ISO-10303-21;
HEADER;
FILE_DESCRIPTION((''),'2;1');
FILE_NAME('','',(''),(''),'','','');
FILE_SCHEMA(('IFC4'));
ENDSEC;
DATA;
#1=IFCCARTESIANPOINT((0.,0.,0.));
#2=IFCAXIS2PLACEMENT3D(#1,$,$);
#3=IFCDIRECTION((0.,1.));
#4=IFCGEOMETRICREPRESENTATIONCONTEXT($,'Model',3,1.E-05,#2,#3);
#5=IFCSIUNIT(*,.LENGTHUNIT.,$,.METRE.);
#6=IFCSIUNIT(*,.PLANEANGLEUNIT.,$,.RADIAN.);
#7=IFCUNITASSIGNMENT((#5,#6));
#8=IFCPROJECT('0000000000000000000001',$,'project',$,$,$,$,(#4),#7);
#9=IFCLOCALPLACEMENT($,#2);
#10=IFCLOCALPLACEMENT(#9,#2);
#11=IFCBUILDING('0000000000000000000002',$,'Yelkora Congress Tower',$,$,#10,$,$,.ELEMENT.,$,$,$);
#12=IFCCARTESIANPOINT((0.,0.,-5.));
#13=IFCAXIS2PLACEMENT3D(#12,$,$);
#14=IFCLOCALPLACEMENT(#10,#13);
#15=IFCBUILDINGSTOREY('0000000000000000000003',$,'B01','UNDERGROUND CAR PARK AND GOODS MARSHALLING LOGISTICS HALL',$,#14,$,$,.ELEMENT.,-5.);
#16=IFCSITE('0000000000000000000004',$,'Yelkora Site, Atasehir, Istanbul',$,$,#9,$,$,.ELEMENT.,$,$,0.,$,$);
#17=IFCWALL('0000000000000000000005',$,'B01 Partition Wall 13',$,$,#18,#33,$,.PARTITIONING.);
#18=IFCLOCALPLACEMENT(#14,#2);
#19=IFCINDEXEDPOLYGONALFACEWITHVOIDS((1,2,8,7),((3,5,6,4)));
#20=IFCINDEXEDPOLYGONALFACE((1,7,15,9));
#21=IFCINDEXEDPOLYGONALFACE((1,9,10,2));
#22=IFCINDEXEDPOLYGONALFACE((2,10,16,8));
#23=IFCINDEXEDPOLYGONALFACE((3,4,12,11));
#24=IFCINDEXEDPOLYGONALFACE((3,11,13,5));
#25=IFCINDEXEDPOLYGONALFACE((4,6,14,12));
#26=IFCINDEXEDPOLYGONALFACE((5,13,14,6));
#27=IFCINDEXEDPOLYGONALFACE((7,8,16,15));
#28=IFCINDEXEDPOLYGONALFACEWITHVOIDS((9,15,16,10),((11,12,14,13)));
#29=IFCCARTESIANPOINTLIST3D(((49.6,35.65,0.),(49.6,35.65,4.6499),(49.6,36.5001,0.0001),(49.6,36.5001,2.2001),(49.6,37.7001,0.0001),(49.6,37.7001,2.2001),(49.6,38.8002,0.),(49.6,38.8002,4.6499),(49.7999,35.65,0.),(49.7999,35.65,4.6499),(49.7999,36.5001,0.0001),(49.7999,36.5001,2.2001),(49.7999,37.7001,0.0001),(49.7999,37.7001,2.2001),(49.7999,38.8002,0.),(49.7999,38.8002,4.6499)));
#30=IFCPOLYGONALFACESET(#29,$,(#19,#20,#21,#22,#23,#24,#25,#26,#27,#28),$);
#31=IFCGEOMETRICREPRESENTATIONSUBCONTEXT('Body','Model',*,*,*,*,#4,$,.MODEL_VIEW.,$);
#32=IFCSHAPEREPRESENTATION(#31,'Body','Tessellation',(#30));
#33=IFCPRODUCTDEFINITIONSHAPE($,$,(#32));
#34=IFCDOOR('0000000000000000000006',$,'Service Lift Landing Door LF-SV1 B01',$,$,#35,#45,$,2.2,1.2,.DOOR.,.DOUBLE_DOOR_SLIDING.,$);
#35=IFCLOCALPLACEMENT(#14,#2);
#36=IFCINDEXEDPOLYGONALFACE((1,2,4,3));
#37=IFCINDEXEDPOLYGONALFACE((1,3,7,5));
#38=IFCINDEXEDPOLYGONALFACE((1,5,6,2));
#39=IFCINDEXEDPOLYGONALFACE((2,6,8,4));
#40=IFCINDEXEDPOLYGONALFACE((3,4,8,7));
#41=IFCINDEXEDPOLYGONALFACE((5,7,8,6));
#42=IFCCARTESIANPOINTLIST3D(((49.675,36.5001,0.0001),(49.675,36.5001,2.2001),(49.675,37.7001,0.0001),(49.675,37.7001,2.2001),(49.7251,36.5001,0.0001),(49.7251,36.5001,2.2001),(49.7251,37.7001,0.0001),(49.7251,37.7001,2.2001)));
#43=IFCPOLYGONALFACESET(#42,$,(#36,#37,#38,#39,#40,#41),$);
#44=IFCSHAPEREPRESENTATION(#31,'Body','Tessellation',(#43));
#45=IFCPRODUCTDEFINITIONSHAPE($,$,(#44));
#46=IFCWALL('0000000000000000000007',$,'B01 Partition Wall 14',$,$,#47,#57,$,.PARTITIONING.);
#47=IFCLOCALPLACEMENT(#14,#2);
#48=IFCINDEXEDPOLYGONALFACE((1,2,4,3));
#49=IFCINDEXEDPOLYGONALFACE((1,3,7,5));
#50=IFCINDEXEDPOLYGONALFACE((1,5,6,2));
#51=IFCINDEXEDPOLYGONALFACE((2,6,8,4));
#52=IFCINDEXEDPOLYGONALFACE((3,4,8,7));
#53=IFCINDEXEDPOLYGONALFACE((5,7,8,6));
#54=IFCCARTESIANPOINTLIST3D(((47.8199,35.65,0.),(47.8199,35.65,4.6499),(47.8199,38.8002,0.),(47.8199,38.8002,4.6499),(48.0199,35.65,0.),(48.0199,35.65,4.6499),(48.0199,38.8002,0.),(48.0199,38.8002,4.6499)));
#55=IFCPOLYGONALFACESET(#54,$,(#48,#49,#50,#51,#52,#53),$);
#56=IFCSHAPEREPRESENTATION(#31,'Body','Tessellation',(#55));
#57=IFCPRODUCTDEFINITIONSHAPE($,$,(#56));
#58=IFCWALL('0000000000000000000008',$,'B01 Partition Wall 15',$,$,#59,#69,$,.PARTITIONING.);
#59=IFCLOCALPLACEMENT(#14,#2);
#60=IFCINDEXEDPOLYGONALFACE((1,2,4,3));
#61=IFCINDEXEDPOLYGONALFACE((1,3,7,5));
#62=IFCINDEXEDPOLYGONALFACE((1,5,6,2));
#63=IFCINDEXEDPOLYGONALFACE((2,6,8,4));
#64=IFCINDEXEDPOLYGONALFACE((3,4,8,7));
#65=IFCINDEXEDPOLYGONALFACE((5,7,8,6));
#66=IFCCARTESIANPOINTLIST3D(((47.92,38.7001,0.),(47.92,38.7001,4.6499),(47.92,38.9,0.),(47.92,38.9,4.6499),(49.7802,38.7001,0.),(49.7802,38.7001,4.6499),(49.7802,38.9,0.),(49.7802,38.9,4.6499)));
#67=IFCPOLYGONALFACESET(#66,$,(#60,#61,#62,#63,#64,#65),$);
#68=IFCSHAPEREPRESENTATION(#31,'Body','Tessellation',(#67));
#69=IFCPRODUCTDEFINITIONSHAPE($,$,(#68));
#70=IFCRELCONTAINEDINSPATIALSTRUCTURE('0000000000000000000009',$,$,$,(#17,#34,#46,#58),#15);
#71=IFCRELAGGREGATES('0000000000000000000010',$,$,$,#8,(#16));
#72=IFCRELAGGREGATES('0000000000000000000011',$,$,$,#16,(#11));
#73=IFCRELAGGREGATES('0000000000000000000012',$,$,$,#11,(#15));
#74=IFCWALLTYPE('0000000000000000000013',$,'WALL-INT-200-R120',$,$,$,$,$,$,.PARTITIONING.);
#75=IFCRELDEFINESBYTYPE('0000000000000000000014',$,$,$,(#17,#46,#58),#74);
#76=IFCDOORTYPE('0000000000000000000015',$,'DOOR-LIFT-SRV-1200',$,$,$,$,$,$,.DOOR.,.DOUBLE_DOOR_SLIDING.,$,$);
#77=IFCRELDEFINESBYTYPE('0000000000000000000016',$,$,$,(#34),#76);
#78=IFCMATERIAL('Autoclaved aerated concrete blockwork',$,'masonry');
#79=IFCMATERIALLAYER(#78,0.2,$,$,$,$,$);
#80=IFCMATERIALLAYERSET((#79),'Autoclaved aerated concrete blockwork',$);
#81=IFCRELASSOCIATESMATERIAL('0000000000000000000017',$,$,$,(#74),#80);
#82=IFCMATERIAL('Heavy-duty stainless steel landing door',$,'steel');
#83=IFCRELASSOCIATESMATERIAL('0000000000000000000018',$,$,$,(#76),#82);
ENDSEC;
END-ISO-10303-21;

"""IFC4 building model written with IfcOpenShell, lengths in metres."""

from ifc_helpers import new_model, si_unit, direction, frame, frame_2d, origin, place, context, subcontext, project, spatial, rectangle, extrude, material, layer, layer_set, type_object, element, fill, save


model = new_model("IFC4")

# Units and contexts
model_context = context("Model", 3, precision=1e-05, world=origin(), true_north=direction((0.0, 1.0)))
body_context = subcontext(model_context, "Body", "Model", "MODEL_VIEW")
ifc_project = project(units=[si_unit("LENGTHUNIT", "METRE"), si_unit("PLANEANGLEUNIT", "RADIAN")], contexts=[model_context])

# Site, building, storey
site_placement = place(None, origin())
site = spatial("IfcSite", under=ifc_project, at=site_placement, Name="Yelkora Site, Atasehir, Istanbul", CompositionType="ELEMENT", RefElevation=0.0)
building_placement = place(site_placement, origin())
building = spatial("IfcBuilding", under=site, at=building_placement, Name="Yelkora Congress Tower", CompositionType="ELEMENT")
storey_placement = place(building_placement, frame((0.0, 0.0, -5.0)))
storey = spatial("IfcBuildingStorey", under=building, at=storey_placement, Name="B01", Description="UNDERGROUND CAR PARK AND GOODS MARSHALLING LOGISTICS HALL", CompositionType="ELEMENT", Elevation=-5.0)

# Wall, opening, door
ifc_material_1 = material(Name="Autoclaved aerated concrete blockwork", Category="masonry")
ifc_layer_1 = layer(ifc_material_1, 0.2)
ifc_layer_set_1 = layer_set([ifc_layer_1], Name="Autoclaved aerated concrete blockwork")
wall_type_1 = type_object("IfcWallType", Name="WALL-INT-200-R120", PredefinedType="PARTITIONING", material=ifc_layer_set_1)
wall_1_placement = place(storey_placement, frame((49.7, 35.6499, 0.0), z_axis=(0.0, 0.0, 1.0), x_axis=(0.0, 1.0, 0.0)))
wall_1 = element("IfcWall", 1, at=wall_1_placement, inside=storey, type_object=wall_type_1, Name="B01 Partition Wall 13", PredefinedType="PARTITIONING", context=body_context, shape_type="SweptSolid", body=[
    extrude(rectangle(XDim=3.1501, YDim=0.2, at=frame_2d((1.5752, 0.0))), origin(), (0.0, 0.0, 1.0), 4.6499),
])
opening_1_placement = place(wall_1_placement, frame((0.8501, 0.0, 0.0)))
opening_1 = element("IfcOpeningElement", 2, at=opening_1_placement, cuts=wall_1, PredefinedType="OPENING", context=body_context, shape_type="SweptSolid", body=[
    extrude(rectangle(XDim=1.2, YDim=2.2, at=frame_2d((0.6001, 1.1001))), frame((0.0, 0.1099, 0.0), z_axis=(0.0, -1.0, 0.0), x_axis=(1.0, 0.0, 0.0)), (0.0, 0.0, 1.0), 0.22),
])
ifc_material_2 = material(Name="Heavy-duty stainless steel landing door", Category="steel")
door_type_1 = type_object("IfcDoorType", Name="DOOR-LIFT-SRV-1200", OperationType="DOUBLE_DOOR_SLIDING", PredefinedType="DOOR", material=ifc_material_2)
door_1_placement = place(opening_1_placement, origin())
door_1 = element("IfcDoor", 3, at=door_1_placement, inside=storey, type_object=door_type_1, Name="Service Lift Landing Door LF-SV1 B01", OperationType="DOUBLE_DOOR_SLIDING", OverallHeight=2.2, OverallWidth=1.2, PredefinedType="DOOR", context=body_context, shape_type="SweptSolid", body=[
    extrude(rectangle(XDim=1.2, YDim=2.2, at=frame_2d((0.6001, 1.1001))), frame((0.0, 0.0249, 0.0), z_axis=(0.0, -1.0, 0.0), x_axis=(1.0, 0.0, 0.0)), (0.0, 0.0, 1.0), 0.05),
])
fill(opening_1, door_1)

# Walls
wall_2_placement = place(storey_placement, frame((47.9199, 35.6499, 0.0), z_axis=(0.0, 0.0, 1.0), x_axis=(0.0, 1.0, 0.0)))
element("IfcWall", 4, at=wall_2_placement, inside=storey, type_object=wall_type_1, Name="B01 Partition Wall 14", PredefinedType="PARTITIONING", context=body_context, shape_type="SweptSolid", body=[
    extrude(rectangle(XDim=3.1501, YDim=0.2, at=frame_2d((1.5752, 0.0))), origin(), (0.0, 0.0, 1.0), 4.6499),
])
wall_3_placement = place(storey_placement, frame((47.9199, 38.8, 0.0), z_axis=(0.0, 0.0, 1.0), x_axis=(1.0, 0.0, 0.0)))
element("IfcWall", 5, at=wall_3_placement, inside=storey, type_object=wall_type_1, Name="B01 Partition Wall 15", PredefinedType="PARTITIONING", context=body_context, shape_type="SweptSolid", body=[
    extrude(rectangle(XDim=1.8601, YDim=0.2, at=frame_2d((0.9302, 0.0))), origin(), (0.0, 0.0, 1.0), 4.6499),
])

save(model, "model.ifc")
